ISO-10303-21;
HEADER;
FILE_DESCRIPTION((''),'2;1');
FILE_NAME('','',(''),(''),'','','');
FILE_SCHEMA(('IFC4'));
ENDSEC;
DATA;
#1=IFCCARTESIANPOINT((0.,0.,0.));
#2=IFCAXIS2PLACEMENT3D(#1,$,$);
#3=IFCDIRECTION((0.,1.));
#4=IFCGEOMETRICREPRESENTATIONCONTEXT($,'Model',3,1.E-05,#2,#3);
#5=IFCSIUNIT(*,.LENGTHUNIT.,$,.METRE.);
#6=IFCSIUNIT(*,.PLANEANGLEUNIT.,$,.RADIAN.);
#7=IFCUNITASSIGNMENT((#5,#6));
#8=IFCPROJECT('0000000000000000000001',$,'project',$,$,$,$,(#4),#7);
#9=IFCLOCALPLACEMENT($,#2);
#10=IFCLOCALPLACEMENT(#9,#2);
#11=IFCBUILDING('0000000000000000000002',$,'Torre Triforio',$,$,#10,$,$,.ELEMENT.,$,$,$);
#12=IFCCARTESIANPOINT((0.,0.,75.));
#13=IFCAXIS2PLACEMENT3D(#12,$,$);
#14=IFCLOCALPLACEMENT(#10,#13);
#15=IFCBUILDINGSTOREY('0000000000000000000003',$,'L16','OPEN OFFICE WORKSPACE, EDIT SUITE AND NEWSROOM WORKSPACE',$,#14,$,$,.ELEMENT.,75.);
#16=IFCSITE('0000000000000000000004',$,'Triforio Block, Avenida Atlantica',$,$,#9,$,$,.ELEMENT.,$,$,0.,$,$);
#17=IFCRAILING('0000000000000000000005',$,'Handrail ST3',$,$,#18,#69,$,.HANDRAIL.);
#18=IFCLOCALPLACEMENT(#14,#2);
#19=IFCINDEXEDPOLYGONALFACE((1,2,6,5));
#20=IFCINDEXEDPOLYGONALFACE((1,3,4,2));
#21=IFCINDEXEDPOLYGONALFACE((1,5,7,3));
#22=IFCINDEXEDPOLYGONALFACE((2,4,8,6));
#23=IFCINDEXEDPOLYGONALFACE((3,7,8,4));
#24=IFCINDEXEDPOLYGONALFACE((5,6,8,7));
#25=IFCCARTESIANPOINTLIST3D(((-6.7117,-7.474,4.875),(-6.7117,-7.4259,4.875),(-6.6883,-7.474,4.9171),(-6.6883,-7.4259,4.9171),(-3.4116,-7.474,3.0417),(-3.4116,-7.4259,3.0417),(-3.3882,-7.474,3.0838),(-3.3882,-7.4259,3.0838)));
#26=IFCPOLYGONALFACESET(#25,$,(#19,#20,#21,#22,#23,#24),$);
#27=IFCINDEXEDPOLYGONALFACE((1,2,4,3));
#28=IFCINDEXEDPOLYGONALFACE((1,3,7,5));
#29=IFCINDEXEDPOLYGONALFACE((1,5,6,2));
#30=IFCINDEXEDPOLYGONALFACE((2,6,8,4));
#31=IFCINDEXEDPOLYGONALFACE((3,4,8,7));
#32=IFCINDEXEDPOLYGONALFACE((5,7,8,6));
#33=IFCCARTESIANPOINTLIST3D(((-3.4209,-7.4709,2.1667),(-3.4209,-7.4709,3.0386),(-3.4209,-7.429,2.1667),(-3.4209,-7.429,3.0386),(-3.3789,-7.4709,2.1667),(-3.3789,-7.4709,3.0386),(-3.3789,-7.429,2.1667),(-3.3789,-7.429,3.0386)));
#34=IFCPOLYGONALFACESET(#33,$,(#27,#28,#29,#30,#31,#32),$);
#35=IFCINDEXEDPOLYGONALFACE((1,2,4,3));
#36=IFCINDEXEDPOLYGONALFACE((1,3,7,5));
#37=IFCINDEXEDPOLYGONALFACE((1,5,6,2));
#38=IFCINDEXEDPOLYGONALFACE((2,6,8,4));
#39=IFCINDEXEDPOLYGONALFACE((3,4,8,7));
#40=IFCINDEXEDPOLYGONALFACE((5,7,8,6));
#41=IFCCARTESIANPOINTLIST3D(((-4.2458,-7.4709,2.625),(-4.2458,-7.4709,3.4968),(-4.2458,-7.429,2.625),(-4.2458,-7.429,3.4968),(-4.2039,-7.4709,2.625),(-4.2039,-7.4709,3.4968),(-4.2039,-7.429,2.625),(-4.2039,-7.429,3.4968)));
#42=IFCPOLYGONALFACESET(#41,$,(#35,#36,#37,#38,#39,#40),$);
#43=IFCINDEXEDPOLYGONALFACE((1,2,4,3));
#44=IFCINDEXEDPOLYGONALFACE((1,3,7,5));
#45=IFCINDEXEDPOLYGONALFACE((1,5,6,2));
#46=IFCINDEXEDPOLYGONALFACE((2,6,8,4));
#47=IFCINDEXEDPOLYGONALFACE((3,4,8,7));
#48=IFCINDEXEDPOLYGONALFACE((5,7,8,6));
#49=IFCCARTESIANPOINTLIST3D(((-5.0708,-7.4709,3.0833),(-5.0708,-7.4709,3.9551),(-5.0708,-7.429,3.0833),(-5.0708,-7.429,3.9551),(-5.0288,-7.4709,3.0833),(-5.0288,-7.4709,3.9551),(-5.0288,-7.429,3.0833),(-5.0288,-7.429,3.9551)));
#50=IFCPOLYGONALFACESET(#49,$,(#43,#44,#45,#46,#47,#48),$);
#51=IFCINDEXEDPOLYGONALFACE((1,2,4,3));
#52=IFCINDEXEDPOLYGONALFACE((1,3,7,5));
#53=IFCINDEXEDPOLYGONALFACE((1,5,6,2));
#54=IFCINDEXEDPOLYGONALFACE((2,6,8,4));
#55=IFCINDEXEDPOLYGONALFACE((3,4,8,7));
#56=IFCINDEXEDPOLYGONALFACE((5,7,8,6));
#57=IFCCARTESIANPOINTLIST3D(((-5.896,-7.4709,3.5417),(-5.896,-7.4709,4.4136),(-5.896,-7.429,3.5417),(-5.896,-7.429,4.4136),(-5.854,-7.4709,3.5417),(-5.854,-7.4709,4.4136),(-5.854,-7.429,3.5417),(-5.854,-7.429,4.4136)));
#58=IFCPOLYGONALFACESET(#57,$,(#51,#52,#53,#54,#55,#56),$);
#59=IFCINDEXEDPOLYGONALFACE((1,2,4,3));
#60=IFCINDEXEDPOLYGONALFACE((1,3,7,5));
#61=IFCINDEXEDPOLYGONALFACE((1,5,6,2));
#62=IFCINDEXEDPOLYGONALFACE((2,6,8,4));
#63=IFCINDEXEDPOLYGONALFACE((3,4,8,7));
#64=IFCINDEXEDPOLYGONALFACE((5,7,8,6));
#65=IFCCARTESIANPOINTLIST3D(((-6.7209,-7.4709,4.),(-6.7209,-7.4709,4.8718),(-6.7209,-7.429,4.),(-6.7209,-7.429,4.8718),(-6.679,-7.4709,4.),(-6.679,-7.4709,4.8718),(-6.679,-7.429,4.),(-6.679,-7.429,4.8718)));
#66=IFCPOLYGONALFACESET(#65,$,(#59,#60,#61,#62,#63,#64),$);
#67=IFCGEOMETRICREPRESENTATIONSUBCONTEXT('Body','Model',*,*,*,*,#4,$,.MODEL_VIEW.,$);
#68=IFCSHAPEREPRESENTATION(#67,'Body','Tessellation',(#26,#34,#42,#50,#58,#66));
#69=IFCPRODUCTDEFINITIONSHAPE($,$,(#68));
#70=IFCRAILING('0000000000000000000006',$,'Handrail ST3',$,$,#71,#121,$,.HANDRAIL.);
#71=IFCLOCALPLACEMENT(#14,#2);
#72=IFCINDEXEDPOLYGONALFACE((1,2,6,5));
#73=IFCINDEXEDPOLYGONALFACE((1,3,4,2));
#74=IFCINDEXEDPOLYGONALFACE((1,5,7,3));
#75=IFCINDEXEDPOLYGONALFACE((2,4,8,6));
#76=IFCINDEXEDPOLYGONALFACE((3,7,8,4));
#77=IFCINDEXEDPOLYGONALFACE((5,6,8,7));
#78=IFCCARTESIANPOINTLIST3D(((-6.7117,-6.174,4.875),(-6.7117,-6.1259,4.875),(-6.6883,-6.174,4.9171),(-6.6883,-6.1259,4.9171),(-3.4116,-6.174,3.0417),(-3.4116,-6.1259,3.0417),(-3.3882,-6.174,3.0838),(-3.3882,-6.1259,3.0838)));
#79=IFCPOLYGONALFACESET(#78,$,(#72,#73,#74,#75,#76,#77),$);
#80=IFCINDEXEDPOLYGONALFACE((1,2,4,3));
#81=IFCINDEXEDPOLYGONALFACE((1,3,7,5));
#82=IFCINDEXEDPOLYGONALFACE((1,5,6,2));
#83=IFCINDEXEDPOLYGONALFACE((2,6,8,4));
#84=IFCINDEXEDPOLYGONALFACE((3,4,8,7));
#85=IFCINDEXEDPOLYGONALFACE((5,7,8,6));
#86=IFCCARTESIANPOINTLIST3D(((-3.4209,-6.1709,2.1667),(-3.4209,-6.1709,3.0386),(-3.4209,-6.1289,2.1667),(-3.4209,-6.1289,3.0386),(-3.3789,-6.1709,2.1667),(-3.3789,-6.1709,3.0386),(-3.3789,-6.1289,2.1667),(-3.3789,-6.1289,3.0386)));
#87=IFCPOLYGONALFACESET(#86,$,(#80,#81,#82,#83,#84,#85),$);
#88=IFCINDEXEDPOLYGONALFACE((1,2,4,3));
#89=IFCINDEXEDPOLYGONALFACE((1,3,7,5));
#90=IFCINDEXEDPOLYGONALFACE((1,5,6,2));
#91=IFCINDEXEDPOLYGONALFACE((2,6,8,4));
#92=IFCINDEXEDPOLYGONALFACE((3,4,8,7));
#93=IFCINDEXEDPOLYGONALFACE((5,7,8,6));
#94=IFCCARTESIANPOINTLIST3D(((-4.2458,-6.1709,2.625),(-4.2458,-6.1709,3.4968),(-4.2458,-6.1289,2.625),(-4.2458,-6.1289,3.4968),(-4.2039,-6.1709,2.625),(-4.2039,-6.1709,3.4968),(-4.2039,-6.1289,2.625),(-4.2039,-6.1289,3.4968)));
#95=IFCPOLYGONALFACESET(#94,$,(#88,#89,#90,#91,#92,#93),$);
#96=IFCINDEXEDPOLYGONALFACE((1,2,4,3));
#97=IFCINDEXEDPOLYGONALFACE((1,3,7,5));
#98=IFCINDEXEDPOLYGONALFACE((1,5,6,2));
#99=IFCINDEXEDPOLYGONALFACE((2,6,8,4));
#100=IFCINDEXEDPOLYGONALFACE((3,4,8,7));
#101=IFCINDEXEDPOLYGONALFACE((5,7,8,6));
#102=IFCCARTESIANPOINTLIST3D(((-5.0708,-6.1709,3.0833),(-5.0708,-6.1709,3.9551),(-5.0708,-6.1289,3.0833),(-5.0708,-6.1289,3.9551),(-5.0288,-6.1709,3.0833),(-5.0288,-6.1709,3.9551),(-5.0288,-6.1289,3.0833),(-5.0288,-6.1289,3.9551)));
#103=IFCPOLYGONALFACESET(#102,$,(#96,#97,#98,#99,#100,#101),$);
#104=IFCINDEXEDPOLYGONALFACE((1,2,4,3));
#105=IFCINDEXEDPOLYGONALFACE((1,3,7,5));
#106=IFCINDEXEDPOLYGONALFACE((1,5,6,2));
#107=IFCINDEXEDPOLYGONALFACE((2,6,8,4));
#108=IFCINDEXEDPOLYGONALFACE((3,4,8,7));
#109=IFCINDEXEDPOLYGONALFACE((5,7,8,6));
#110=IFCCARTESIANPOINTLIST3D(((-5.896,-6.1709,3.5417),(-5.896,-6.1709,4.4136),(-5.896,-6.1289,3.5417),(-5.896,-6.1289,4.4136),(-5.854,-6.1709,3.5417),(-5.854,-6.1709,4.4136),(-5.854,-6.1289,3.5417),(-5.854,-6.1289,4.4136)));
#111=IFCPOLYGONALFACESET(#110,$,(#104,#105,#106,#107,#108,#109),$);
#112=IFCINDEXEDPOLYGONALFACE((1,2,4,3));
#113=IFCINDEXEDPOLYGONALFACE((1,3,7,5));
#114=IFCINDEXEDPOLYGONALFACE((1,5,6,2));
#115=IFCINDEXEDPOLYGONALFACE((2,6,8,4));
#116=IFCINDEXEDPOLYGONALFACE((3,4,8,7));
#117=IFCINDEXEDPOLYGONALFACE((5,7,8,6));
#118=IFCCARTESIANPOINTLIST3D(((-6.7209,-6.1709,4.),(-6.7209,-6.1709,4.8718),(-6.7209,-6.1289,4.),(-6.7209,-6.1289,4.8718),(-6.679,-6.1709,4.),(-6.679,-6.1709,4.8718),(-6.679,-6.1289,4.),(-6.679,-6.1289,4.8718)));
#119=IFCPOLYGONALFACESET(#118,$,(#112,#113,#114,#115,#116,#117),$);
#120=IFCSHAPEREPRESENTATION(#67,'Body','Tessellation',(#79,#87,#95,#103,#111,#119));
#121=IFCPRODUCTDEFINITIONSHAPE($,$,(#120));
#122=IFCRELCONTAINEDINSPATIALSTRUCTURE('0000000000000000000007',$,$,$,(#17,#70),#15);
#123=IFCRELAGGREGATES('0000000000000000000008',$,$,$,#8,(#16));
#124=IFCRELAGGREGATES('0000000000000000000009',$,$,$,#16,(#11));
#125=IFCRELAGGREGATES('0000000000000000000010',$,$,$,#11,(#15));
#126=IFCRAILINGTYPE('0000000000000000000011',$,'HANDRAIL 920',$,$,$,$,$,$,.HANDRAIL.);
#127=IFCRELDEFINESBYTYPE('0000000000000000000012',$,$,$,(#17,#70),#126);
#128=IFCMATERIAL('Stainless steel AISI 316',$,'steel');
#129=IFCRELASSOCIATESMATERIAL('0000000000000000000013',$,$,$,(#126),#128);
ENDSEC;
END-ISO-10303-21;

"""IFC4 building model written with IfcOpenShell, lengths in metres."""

from ifc_helpers import new_model, si_unit, direction, frame, origin, origin_2d, place, context, subcontext, project, spatial, rectangle, extrude, material, type_object, element, save


model = new_model("IFC4")

# Units and contexts
model_context = context("Model", 3, precision=1e-05, world=origin(), true_north=direction((0.0, 1.0)))
body_context = subcontext(model_context, "Body", "Model", "MODEL_VIEW")
ifc_project = project(units=[si_unit("LENGTHUNIT", "METRE"), si_unit("PLANEANGLEUNIT", "RADIAN")], contexts=[model_context])

# Site, building, storey
site_placement = place(None, origin())
site = spatial("IfcSite", under=ifc_project, at=site_placement, Name="Triforio Block, Avenida Atlantica", CompositionType="ELEMENT", RefElevation=0.0)
building_placement = place(site_placement, origin())
building = spatial("IfcBuilding", under=site, at=building_placement, Name="Torre Triforio", CompositionType="ELEMENT")
storey_placement = place(building_placement, frame((0.0, 0.0, 75.0)))
storey = spatial("IfcBuildingStorey", under=building, at=storey_placement, Name="L16", Description="OPEN OFFICE WORKSPACE, EDIT SUITE AND NEWSROOM WORKSPACE", CompositionType="ELEMENT", Elevation=75.0)

# Railings
ifc_material_1 = material(Name="Stainless steel AISI 316", Category="steel")
railing_type = type_object("IfcRailingType", Name="HANDRAIL 920", PredefinedType="HANDRAIL", material=ifc_material_1)
for number, where, name in (
    (1, (-3.3999, -7.45, 2.1667), "Handrail ST3"),
    (2, (-3.3999, -6.1499, 2.1667), "Handrail ST3"),
):
    element("IfcRailing", number, at=place(storey_placement, frame(where)), inside=storey, type_object=railing_type, Name=name, PredefinedType="HANDRAIL", context=body_context, shape_type="SweptSolid", body=[
        extrude(rectangle(XDim=0.0481, YDim=0.0481, at=origin_2d()), frame((0.0, 0.0, 0.896), z_axis=(-0.874169, 0.0, 0.485621), x_axis=(0.0, -1.0, 0.0)), (0.0, 0.0, 1.0), 3.7751),
        extrude(rectangle(XDim=0.042, YDim=0.042, at=origin_2d()), origin(), (0.0, 0.0, 1.0), 0.8718),
        extrude(rectangle(XDim=0.042, YDim=0.042, at=origin_2d()), frame((-0.825, 0.0, 0.4583)), (0.0, 0.0, 1.0), 0.8718),
        extrude(rectangle(XDim=0.042, YDim=0.042, at=origin_2d()), frame((-1.6499, 0.0, 0.9165)), (0.0, 0.0, 1.0), 0.8718),
        extrude(rectangle(XDim=0.042, YDim=0.042, at=origin_2d()), frame((-2.4751, 0.0, 1.375)), (0.0, 0.0, 1.0), 0.8718),
        extrude(rectangle(XDim=0.042, YDim=0.042, at=origin_2d()), frame((-3.3, 0.0, 1.8333)), (0.0, 0.0, 1.0), 0.8718),
    ])

save(model, "model.ifc")
